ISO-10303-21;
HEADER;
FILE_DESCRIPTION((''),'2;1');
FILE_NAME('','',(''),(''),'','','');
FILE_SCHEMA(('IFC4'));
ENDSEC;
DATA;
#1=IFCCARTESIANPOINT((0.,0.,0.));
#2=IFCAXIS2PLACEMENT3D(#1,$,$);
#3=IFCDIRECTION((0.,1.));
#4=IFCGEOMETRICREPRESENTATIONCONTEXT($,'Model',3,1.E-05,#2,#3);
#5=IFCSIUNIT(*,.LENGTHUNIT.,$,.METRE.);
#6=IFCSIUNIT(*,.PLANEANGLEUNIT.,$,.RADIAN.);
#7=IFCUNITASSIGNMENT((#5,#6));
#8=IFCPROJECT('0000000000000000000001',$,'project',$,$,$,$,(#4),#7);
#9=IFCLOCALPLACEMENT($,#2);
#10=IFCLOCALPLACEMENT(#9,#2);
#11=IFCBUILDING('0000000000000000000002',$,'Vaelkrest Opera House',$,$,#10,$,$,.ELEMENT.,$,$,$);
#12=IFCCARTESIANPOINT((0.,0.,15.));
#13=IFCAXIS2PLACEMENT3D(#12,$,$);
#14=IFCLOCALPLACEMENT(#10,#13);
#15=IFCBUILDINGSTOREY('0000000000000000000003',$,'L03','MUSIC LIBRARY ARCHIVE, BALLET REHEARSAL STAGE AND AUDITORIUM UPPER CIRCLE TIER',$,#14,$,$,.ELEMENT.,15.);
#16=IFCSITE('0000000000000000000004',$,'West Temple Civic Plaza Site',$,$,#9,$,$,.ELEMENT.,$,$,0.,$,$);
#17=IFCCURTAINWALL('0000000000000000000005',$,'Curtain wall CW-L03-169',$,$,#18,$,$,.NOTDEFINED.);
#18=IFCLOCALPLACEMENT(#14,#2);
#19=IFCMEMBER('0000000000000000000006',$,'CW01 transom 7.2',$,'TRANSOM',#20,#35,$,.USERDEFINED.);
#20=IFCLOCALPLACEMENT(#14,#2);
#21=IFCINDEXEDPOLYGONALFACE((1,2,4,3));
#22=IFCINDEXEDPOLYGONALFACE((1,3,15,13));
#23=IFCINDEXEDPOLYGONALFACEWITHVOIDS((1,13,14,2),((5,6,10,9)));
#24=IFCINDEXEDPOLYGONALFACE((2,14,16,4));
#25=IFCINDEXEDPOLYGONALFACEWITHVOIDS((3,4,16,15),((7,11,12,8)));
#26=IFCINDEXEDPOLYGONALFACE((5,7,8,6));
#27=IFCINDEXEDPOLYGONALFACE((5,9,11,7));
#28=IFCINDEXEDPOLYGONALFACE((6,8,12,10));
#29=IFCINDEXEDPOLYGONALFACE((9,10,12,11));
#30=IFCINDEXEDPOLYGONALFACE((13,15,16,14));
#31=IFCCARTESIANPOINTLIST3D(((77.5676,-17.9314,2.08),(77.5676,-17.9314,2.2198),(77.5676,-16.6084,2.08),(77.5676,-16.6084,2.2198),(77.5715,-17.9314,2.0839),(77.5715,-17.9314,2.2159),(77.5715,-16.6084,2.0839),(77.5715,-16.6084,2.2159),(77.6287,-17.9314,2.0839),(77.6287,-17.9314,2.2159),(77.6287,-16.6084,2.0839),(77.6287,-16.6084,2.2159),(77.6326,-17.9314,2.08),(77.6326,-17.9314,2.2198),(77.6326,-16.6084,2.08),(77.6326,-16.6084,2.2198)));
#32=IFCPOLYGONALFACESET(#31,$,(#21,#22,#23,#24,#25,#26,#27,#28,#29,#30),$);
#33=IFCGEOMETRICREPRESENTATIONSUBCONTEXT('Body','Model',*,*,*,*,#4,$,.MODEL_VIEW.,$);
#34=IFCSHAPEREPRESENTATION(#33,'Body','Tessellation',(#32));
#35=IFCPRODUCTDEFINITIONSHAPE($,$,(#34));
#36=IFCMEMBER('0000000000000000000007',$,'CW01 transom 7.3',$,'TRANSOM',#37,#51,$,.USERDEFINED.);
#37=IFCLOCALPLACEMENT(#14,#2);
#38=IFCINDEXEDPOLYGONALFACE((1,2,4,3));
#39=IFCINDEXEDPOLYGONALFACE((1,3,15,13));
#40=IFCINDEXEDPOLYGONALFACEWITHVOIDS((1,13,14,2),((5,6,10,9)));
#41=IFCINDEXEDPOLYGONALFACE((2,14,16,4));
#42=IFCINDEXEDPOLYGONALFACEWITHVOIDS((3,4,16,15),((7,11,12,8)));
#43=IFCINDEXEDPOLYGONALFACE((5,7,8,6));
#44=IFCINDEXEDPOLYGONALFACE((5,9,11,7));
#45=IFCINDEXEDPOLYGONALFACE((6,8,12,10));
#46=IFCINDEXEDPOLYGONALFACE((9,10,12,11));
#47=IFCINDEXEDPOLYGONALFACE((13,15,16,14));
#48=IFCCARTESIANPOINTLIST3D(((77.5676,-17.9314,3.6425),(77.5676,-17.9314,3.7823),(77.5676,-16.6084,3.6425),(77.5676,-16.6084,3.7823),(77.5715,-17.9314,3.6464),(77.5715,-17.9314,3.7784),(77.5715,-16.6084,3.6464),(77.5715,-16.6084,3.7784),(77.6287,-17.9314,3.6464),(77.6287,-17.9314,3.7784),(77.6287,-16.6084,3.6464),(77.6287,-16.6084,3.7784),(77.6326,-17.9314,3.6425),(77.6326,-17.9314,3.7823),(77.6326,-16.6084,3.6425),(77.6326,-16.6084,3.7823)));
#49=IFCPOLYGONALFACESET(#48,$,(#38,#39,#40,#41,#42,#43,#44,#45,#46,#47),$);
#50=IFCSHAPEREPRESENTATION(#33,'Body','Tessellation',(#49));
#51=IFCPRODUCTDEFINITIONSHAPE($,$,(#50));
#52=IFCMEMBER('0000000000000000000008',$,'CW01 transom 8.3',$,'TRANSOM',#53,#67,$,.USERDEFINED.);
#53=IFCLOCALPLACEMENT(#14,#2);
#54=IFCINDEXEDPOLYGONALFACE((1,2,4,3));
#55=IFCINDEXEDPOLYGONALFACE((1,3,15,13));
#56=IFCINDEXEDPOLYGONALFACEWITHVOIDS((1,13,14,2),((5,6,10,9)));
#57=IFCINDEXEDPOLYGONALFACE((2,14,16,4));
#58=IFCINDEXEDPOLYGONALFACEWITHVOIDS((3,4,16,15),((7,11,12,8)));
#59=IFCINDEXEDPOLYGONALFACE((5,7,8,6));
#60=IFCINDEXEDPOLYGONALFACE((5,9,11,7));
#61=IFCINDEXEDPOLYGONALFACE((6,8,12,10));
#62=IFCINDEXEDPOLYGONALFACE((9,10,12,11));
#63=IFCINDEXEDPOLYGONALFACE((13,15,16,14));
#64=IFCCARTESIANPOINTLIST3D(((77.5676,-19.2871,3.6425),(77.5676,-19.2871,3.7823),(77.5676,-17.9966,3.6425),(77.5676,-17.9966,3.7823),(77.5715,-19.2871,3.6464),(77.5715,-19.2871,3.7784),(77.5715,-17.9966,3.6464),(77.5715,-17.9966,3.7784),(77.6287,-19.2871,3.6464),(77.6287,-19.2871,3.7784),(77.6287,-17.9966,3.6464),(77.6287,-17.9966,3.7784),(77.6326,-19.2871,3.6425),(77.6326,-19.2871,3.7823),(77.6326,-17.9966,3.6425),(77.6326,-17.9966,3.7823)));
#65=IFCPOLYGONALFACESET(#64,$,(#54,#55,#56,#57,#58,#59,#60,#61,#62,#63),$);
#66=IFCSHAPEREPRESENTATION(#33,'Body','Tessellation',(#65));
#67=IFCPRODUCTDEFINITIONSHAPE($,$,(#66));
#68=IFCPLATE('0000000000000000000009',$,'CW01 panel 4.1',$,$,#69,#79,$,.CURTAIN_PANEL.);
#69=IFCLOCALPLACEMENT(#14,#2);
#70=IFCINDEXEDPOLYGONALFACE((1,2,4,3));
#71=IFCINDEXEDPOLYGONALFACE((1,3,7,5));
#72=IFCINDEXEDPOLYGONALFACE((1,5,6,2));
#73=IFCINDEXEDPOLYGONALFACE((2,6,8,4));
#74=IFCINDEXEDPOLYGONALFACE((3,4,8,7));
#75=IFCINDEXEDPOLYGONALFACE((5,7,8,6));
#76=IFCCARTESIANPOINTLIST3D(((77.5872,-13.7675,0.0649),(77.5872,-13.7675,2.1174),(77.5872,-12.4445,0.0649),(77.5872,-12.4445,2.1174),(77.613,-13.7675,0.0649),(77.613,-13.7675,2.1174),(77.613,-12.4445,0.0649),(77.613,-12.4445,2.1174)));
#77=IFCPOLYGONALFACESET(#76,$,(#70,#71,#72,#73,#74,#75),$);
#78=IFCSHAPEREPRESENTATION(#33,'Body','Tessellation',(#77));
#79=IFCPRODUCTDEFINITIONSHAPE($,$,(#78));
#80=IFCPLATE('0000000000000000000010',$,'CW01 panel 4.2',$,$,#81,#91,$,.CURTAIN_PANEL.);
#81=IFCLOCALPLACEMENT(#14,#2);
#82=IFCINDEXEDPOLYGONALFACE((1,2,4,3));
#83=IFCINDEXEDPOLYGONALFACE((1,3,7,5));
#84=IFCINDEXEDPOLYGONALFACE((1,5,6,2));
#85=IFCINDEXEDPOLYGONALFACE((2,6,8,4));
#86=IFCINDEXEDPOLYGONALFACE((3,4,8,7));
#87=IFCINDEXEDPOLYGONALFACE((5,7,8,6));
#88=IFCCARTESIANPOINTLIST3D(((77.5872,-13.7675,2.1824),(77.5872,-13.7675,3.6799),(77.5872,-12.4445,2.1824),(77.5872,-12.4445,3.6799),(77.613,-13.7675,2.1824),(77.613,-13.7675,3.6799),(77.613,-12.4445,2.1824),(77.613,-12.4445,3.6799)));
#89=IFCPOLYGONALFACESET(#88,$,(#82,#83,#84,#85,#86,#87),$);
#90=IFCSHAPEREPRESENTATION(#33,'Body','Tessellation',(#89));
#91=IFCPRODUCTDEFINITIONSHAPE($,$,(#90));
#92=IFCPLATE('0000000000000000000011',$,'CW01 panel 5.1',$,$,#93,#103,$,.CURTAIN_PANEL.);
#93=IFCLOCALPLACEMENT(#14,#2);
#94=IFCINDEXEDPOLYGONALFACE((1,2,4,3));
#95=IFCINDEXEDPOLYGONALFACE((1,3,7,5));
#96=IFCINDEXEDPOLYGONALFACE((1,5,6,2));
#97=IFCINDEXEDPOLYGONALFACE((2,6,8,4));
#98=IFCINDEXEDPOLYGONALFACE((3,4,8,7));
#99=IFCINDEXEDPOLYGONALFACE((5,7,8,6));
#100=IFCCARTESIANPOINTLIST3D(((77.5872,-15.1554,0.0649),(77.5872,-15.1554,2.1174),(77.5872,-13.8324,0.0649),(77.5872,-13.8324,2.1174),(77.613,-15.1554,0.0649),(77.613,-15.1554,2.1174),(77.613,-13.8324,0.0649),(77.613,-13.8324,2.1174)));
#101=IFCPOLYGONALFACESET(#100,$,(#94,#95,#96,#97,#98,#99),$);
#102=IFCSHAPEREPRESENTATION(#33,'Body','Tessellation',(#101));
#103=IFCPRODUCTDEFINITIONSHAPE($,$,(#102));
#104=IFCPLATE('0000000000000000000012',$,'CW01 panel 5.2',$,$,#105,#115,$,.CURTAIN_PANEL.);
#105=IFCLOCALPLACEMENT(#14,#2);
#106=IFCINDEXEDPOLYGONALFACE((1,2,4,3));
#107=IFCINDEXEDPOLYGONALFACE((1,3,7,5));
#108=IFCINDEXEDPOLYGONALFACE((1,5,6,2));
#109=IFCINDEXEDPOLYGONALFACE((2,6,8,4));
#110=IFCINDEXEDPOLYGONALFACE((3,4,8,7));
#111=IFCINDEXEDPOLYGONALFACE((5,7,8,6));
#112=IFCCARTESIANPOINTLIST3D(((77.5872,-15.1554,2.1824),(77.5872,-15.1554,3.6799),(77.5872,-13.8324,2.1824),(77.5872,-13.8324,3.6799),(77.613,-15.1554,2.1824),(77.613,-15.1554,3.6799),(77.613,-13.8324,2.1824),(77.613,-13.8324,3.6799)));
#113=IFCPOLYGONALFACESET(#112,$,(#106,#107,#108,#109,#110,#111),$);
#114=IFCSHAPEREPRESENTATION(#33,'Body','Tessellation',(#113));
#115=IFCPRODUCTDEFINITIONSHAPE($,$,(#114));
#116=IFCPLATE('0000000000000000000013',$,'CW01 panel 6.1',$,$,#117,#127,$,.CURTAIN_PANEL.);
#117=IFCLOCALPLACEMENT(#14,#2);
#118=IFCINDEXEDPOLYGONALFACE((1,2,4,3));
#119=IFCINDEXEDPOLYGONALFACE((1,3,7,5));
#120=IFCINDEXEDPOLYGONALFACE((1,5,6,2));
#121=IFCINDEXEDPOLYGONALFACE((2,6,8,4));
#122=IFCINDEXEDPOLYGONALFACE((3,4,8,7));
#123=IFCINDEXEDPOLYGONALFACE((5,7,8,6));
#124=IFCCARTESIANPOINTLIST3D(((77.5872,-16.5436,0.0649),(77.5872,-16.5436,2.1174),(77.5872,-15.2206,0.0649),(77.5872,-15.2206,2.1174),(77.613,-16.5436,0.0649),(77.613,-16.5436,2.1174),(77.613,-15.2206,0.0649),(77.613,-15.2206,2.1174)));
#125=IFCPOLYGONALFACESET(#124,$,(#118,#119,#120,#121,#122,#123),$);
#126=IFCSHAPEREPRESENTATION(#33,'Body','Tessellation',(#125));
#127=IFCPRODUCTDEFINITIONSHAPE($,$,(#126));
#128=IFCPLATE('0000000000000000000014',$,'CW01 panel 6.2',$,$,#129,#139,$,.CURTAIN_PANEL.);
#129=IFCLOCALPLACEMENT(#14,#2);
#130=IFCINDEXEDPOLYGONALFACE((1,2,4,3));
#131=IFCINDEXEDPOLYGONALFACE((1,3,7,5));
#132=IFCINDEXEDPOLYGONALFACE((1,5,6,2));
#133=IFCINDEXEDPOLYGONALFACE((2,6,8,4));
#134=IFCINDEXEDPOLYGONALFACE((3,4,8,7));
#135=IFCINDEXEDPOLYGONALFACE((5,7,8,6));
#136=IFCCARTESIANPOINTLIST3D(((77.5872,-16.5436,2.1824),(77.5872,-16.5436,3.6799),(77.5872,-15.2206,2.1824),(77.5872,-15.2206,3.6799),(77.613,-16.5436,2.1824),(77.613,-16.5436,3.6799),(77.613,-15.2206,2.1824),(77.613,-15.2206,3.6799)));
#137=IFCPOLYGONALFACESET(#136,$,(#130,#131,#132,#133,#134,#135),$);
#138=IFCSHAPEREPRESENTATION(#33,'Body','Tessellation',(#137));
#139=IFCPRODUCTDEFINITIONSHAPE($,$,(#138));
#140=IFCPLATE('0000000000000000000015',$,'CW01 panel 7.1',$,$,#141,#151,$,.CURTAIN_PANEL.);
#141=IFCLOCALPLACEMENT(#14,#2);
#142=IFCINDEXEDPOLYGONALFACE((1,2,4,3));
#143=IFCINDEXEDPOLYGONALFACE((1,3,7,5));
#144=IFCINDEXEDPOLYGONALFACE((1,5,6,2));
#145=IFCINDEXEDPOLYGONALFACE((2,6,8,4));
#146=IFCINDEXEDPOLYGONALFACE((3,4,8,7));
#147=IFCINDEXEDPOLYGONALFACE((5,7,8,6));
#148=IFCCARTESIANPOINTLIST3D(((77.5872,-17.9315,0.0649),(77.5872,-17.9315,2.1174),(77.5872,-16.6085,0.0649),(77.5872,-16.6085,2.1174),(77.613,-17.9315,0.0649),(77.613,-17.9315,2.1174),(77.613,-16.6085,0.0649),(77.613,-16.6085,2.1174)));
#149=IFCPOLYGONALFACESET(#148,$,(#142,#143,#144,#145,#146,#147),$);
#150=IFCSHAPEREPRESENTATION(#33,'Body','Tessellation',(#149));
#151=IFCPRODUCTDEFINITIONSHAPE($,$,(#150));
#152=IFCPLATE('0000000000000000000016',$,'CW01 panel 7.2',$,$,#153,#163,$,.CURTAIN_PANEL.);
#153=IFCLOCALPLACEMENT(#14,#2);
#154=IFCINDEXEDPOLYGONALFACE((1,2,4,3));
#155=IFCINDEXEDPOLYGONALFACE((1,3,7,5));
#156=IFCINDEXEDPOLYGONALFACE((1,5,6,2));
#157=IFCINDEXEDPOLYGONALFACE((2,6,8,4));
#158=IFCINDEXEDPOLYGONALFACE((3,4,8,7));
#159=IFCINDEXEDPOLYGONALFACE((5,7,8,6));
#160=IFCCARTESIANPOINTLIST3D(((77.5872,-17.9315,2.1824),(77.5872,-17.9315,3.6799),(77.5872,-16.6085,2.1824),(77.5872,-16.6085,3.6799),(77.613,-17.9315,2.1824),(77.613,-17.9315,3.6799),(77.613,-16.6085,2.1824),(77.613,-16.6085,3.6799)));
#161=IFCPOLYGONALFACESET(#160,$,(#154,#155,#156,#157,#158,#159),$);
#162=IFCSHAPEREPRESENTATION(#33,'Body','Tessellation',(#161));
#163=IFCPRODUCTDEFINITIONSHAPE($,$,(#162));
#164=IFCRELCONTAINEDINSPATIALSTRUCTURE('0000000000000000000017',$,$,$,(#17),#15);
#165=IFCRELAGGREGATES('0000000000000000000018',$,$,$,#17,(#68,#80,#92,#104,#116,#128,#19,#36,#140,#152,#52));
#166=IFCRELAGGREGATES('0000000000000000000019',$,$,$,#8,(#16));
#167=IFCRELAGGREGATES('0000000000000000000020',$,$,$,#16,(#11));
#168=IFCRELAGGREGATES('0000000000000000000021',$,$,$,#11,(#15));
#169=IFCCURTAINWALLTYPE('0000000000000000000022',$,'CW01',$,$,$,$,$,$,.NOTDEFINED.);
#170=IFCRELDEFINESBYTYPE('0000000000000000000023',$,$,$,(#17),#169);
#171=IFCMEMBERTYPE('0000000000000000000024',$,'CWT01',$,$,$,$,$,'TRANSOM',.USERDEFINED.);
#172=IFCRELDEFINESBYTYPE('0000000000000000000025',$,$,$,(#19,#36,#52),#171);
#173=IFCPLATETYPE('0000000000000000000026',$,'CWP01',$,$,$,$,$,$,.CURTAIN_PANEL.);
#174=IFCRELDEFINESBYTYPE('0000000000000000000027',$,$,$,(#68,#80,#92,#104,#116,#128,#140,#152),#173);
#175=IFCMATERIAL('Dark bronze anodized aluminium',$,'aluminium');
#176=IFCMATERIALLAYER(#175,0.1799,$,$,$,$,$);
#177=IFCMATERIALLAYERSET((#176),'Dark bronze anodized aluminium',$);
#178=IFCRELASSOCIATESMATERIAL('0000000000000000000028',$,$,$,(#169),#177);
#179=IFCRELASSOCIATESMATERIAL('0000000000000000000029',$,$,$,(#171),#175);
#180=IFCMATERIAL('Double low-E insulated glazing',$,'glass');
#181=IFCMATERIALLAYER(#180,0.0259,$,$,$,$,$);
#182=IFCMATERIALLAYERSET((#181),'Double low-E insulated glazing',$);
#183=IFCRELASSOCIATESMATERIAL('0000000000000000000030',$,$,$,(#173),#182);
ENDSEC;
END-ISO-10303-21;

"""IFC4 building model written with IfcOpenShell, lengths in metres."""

from ifc_helpers import new_model, si_unit, direction, frame, origin, origin_2d, place, context, subcontext, project, spatial, rectangle, hollow_rectangle, extrude, material, layer, layer_set, material_profile, profile_set, type_object, element, aggregate, save


model = new_model("IFC4")

# Units and contexts
model_context = context("Model", 3, precision=1e-05, world=origin(), true_north=direction((0.0, 1.0)))
body_context = subcontext(model_context, "Body", "Model", "MODEL_VIEW")
ifc_project = project(units=[si_unit("LENGTHUNIT", "METRE"), si_unit("PLANEANGLEUNIT", "RADIAN")], contexts=[model_context])

# Site, building, storey
site_placement = place(None, origin())
site = spatial("IfcSite", under=ifc_project, at=site_placement, Name="West Temple Civic Plaza Site", CompositionType="ELEMENT", RefElevation=0.0)
building_placement = place(site_placement, origin())
building = spatial("IfcBuilding", under=site, at=building_placement, Name="Vaelkrest Opera House", CompositionType="ELEMENT")
storey_placement = place(building_placement, frame((0.0, 0.0, 15.0)))
storey = spatial("IfcBuildingStorey", under=building, at=storey_placement, Name="L03", Description="MUSIC LIBRARY ARCHIVE, BALLET REHEARSAL STAGE AND AUDITORIUM UPPER CIRCLE TIER", CompositionType="ELEMENT", Elevation=15.0)

# Curtain wall, members, plates
ifc_material_1 = material(Name="Dark bronze anodized aluminium", Category="aluminium")
ifc_layer_1 = layer(ifc_material_1, 0.1799)
ifc_layer_set_1 = layer_set([ifc_layer_1], Name="Dark bronze anodized aluminium")
curtain_wall_type = type_object("IfcCurtainWallType", Name="CW01", PredefinedType="NOTDEFINED", material=ifc_layer_set_1)
curtain_wall_placement = place(storey_placement, origin())
curtain_wall = element("IfcCurtainWall", 1, at=curtain_wall_placement, inside=storey, type_object=curtain_wall_type, Name="Curtain wall CW-L03-169", PredefinedType="NOTDEFINED")
ifc_material_profile_1 = material_profile(ifc_material_1, hollow_rectangle(XDim=0.0649, YDim=0.1399, WallThickness=0.0039, at=origin_2d()), Name="CWT65X140")
ifc_profile_set_1 = profile_set([ifc_material_profile_1], Name="Dark bronze anodized aluminium")
member_type_1 = type_object("IfcMemberType", Name="CWT01", ElementType="TRANSOM", PredefinedType="USERDEFINED", material=ifc_profile_set_1)
member_1_placement = place(storey_placement, frame((77.6001, -16.6084, 2.1499), z_axis=(0.0, -1.0, 0.0), x_axis=(1.0, 0.0, 0.0)))
member_1 = element("IfcMember", 2, at=member_1_placement, type_object=member_type_1, Name="CW01 transom 7.2", ObjectType="TRANSOM", PredefinedType="USERDEFINED", context=body_context, shape_type="SweptSolid", body=[
    extrude(hollow_rectangle(XDim=0.0649, YDim=0.1399, WallThickness=0.0039, at=origin_2d()), origin(), (0.0, 0.0, 1.0), 1.323),
])
member_2_placement = place(storey_placement, frame((77.6001, -16.6084, 3.7124), z_axis=(0.0, -1.0, 0.0), x_axis=(1.0, 0.0, 0.0)))
member_2 = element("IfcMember", 3, at=member_2_placement, type_object=member_type_1, Name="CW01 transom 7.3", ObjectType="TRANSOM", PredefinedType="USERDEFINED", context=body_context, shape_type="SweptSolid", body=[
    extrude(hollow_rectangle(XDim=0.0649, YDim=0.1399, WallThickness=0.0039, at=origin_2d()), origin(), (0.0, 0.0, 1.0), 1.323),
])
member_3_placement = place(storey_placement, frame((77.6001, -17.9966, 3.7124), z_axis=(0.0, -1.0, 0.0), x_axis=(1.0, 0.0, 0.0)))
member_3 = element("IfcMember", 4, at=member_3_placement, type_object=member_type_1, Name="CW01 transom 8.3", ObjectType="TRANSOM", PredefinedType="USERDEFINED", context=body_context, shape_type="SweptSolid", body=[
    extrude(hollow_rectangle(XDim=0.0649, YDim=0.1399, WallThickness=0.0039, at=origin_2d()), origin(), (0.0, 0.0, 1.0), 1.2905),
])
ifc_material_2 = material(Name="Double low-E insulated glazing", Category="glass")
ifc_layer_2 = layer(ifc_material_2, 0.0259)
ifc_layer_set_2 = layer_set([ifc_layer_2], Name="Double low-E insulated glazing")
plate_type = type_object("IfcPlateType", Name="CWP01", PredefinedType="CURTAIN_PANEL", material=ifc_layer_set_2)
plate_1_placement = place(storey_placement, frame((77.6001, -13.106, 0.0649), z_axis=(0.0, 0.0, 1.0), x_axis=(0.0, -1.0, 0.0)))
plate_1 = element("IfcPlate", 5, at=plate_1_placement, type_object=plate_type, Name="CW01 panel 4.1", PredefinedType="CURTAIN_PANEL", context=body_context, shape_type="SweptSolid", body=[
    extrude(rectangle(XDim=1.323, YDim=0.0259, at=origin_2d()), origin(), (0.0, 0.0, 1.0), 2.0525),
])
plate_2_placement = place(storey_placement, frame((77.6001, -13.106, 2.1824), z_axis=(0.0, 0.0, 1.0), x_axis=(0.0, -1.0, 0.0)))
plate_2 = element("IfcPlate", 6, at=plate_2_placement, type_object=plate_type, Name="CW01 panel 4.2", PredefinedType="CURTAIN_PANEL", context=body_context, shape_type="SweptSolid", body=[
    extrude(rectangle(XDim=1.323, YDim=0.0259, at=origin_2d()), origin(), (0.0, 0.0, 1.0), 1.4976),
])
plate_3_placement = place(storey_placement, frame((77.6001, -14.4939, 0.0649), z_axis=(0.0, 0.0, 1.0), x_axis=(0.0, -1.0, 0.0)))
plate_3 = element("IfcPlate", 7, at=plate_3_placement, type_object=plate_type, Name="CW01 panel 5.1", PredefinedType="CURTAIN_PANEL", context=body_context, shape_type="SweptSolid", body=[
    extrude(rectangle(XDim=1.323, YDim=0.0259, at=origin_2d()), origin(), (0.0, 0.0, 1.0), 2.0525),
])
plate_4_placement = place(storey_placement, frame((77.6001, -14.4939, 2.1824), z_axis=(0.0, 0.0, 1.0), x_axis=(0.0, -1.0, 0.0)))
plate_4 = element("IfcPlate", 8, at=plate_4_placement, type_object=plate_type, Name="CW01 panel 5.2", PredefinedType="CURTAIN_PANEL", context=body_context, shape_type="SweptSolid", body=[
    extrude(rectangle(XDim=1.323, YDim=0.0259, at=origin_2d()), origin(), (0.0, 0.0, 1.0), 1.4976),
])
plate_5_placement = place(storey_placement, frame((77.6001, -15.8821, 0.0649), z_axis=(0.0, 0.0, 1.0), x_axis=(0.0, -1.0, 0.0)))
plate_5 = element("IfcPlate", 9, at=plate_5_placement, type_object=plate_type, Name="CW01 panel 6.1", PredefinedType="CURTAIN_PANEL", context=body_context, shape_type="SweptSolid", body=[
    extrude(rectangle(XDim=1.323, YDim=0.0259, at=origin_2d()), origin(), (0.0, 0.0, 1.0), 2.0525),
])
plate_6_placement = place(storey_placement, frame((77.6001, -15.8821, 2.1824), z_axis=(0.0, 0.0, 1.0), x_axis=(0.0, -1.0, 0.0)))
plate_6 = element("IfcPlate", 10, at=plate_6_placement, type_object=plate_type, Name="CW01 panel 6.2", PredefinedType="CURTAIN_PANEL", context=body_context, shape_type="SweptSolid", body=[
    extrude(rectangle(XDim=1.323, YDim=0.0259, at=origin_2d()), origin(), (0.0, 0.0, 1.0), 1.4976),
])
plate_7_placement = place(storey_placement, frame((77.6001, -17.27, 0.0649), z_axis=(0.0, 0.0, 1.0), x_axis=(0.0, -1.0, 0.0)))
plate_7 = element("IfcPlate", 11, at=plate_7_placement, type_object=plate_type, Name="CW01 panel 7.1", PredefinedType="CURTAIN_PANEL", context=body_context, shape_type="SweptSolid", body=[
    extrude(rectangle(XDim=1.323, YDim=0.0259, at=origin_2d()), origin(), (0.0, 0.0, 1.0), 2.0525),
])
plate_8_placement = place(storey_placement, frame((77.6001, -17.27, 2.1824), z_axis=(0.0, 0.0, 1.0), x_axis=(0.0, -1.0, 0.0)))
plate_8 = element("IfcPlate", 12, at=plate_8_placement, type_object=plate_type, Name="CW01 panel 7.2", PredefinedType="CURTAIN_PANEL", context=body_context, shape_type="SweptSolid", body=[
    extrude(rectangle(XDim=1.323, YDim=0.0259, at=origin_2d()), origin(), (0.0, 0.0, 1.0), 1.4976),
])
aggregate(curtain_wall, [plate_1, plate_2, plate_3, plate_4, plate_5, plate_6, member_1, member_2, plate_7, plate_8, member_3])

save(model, "model.ifc")
